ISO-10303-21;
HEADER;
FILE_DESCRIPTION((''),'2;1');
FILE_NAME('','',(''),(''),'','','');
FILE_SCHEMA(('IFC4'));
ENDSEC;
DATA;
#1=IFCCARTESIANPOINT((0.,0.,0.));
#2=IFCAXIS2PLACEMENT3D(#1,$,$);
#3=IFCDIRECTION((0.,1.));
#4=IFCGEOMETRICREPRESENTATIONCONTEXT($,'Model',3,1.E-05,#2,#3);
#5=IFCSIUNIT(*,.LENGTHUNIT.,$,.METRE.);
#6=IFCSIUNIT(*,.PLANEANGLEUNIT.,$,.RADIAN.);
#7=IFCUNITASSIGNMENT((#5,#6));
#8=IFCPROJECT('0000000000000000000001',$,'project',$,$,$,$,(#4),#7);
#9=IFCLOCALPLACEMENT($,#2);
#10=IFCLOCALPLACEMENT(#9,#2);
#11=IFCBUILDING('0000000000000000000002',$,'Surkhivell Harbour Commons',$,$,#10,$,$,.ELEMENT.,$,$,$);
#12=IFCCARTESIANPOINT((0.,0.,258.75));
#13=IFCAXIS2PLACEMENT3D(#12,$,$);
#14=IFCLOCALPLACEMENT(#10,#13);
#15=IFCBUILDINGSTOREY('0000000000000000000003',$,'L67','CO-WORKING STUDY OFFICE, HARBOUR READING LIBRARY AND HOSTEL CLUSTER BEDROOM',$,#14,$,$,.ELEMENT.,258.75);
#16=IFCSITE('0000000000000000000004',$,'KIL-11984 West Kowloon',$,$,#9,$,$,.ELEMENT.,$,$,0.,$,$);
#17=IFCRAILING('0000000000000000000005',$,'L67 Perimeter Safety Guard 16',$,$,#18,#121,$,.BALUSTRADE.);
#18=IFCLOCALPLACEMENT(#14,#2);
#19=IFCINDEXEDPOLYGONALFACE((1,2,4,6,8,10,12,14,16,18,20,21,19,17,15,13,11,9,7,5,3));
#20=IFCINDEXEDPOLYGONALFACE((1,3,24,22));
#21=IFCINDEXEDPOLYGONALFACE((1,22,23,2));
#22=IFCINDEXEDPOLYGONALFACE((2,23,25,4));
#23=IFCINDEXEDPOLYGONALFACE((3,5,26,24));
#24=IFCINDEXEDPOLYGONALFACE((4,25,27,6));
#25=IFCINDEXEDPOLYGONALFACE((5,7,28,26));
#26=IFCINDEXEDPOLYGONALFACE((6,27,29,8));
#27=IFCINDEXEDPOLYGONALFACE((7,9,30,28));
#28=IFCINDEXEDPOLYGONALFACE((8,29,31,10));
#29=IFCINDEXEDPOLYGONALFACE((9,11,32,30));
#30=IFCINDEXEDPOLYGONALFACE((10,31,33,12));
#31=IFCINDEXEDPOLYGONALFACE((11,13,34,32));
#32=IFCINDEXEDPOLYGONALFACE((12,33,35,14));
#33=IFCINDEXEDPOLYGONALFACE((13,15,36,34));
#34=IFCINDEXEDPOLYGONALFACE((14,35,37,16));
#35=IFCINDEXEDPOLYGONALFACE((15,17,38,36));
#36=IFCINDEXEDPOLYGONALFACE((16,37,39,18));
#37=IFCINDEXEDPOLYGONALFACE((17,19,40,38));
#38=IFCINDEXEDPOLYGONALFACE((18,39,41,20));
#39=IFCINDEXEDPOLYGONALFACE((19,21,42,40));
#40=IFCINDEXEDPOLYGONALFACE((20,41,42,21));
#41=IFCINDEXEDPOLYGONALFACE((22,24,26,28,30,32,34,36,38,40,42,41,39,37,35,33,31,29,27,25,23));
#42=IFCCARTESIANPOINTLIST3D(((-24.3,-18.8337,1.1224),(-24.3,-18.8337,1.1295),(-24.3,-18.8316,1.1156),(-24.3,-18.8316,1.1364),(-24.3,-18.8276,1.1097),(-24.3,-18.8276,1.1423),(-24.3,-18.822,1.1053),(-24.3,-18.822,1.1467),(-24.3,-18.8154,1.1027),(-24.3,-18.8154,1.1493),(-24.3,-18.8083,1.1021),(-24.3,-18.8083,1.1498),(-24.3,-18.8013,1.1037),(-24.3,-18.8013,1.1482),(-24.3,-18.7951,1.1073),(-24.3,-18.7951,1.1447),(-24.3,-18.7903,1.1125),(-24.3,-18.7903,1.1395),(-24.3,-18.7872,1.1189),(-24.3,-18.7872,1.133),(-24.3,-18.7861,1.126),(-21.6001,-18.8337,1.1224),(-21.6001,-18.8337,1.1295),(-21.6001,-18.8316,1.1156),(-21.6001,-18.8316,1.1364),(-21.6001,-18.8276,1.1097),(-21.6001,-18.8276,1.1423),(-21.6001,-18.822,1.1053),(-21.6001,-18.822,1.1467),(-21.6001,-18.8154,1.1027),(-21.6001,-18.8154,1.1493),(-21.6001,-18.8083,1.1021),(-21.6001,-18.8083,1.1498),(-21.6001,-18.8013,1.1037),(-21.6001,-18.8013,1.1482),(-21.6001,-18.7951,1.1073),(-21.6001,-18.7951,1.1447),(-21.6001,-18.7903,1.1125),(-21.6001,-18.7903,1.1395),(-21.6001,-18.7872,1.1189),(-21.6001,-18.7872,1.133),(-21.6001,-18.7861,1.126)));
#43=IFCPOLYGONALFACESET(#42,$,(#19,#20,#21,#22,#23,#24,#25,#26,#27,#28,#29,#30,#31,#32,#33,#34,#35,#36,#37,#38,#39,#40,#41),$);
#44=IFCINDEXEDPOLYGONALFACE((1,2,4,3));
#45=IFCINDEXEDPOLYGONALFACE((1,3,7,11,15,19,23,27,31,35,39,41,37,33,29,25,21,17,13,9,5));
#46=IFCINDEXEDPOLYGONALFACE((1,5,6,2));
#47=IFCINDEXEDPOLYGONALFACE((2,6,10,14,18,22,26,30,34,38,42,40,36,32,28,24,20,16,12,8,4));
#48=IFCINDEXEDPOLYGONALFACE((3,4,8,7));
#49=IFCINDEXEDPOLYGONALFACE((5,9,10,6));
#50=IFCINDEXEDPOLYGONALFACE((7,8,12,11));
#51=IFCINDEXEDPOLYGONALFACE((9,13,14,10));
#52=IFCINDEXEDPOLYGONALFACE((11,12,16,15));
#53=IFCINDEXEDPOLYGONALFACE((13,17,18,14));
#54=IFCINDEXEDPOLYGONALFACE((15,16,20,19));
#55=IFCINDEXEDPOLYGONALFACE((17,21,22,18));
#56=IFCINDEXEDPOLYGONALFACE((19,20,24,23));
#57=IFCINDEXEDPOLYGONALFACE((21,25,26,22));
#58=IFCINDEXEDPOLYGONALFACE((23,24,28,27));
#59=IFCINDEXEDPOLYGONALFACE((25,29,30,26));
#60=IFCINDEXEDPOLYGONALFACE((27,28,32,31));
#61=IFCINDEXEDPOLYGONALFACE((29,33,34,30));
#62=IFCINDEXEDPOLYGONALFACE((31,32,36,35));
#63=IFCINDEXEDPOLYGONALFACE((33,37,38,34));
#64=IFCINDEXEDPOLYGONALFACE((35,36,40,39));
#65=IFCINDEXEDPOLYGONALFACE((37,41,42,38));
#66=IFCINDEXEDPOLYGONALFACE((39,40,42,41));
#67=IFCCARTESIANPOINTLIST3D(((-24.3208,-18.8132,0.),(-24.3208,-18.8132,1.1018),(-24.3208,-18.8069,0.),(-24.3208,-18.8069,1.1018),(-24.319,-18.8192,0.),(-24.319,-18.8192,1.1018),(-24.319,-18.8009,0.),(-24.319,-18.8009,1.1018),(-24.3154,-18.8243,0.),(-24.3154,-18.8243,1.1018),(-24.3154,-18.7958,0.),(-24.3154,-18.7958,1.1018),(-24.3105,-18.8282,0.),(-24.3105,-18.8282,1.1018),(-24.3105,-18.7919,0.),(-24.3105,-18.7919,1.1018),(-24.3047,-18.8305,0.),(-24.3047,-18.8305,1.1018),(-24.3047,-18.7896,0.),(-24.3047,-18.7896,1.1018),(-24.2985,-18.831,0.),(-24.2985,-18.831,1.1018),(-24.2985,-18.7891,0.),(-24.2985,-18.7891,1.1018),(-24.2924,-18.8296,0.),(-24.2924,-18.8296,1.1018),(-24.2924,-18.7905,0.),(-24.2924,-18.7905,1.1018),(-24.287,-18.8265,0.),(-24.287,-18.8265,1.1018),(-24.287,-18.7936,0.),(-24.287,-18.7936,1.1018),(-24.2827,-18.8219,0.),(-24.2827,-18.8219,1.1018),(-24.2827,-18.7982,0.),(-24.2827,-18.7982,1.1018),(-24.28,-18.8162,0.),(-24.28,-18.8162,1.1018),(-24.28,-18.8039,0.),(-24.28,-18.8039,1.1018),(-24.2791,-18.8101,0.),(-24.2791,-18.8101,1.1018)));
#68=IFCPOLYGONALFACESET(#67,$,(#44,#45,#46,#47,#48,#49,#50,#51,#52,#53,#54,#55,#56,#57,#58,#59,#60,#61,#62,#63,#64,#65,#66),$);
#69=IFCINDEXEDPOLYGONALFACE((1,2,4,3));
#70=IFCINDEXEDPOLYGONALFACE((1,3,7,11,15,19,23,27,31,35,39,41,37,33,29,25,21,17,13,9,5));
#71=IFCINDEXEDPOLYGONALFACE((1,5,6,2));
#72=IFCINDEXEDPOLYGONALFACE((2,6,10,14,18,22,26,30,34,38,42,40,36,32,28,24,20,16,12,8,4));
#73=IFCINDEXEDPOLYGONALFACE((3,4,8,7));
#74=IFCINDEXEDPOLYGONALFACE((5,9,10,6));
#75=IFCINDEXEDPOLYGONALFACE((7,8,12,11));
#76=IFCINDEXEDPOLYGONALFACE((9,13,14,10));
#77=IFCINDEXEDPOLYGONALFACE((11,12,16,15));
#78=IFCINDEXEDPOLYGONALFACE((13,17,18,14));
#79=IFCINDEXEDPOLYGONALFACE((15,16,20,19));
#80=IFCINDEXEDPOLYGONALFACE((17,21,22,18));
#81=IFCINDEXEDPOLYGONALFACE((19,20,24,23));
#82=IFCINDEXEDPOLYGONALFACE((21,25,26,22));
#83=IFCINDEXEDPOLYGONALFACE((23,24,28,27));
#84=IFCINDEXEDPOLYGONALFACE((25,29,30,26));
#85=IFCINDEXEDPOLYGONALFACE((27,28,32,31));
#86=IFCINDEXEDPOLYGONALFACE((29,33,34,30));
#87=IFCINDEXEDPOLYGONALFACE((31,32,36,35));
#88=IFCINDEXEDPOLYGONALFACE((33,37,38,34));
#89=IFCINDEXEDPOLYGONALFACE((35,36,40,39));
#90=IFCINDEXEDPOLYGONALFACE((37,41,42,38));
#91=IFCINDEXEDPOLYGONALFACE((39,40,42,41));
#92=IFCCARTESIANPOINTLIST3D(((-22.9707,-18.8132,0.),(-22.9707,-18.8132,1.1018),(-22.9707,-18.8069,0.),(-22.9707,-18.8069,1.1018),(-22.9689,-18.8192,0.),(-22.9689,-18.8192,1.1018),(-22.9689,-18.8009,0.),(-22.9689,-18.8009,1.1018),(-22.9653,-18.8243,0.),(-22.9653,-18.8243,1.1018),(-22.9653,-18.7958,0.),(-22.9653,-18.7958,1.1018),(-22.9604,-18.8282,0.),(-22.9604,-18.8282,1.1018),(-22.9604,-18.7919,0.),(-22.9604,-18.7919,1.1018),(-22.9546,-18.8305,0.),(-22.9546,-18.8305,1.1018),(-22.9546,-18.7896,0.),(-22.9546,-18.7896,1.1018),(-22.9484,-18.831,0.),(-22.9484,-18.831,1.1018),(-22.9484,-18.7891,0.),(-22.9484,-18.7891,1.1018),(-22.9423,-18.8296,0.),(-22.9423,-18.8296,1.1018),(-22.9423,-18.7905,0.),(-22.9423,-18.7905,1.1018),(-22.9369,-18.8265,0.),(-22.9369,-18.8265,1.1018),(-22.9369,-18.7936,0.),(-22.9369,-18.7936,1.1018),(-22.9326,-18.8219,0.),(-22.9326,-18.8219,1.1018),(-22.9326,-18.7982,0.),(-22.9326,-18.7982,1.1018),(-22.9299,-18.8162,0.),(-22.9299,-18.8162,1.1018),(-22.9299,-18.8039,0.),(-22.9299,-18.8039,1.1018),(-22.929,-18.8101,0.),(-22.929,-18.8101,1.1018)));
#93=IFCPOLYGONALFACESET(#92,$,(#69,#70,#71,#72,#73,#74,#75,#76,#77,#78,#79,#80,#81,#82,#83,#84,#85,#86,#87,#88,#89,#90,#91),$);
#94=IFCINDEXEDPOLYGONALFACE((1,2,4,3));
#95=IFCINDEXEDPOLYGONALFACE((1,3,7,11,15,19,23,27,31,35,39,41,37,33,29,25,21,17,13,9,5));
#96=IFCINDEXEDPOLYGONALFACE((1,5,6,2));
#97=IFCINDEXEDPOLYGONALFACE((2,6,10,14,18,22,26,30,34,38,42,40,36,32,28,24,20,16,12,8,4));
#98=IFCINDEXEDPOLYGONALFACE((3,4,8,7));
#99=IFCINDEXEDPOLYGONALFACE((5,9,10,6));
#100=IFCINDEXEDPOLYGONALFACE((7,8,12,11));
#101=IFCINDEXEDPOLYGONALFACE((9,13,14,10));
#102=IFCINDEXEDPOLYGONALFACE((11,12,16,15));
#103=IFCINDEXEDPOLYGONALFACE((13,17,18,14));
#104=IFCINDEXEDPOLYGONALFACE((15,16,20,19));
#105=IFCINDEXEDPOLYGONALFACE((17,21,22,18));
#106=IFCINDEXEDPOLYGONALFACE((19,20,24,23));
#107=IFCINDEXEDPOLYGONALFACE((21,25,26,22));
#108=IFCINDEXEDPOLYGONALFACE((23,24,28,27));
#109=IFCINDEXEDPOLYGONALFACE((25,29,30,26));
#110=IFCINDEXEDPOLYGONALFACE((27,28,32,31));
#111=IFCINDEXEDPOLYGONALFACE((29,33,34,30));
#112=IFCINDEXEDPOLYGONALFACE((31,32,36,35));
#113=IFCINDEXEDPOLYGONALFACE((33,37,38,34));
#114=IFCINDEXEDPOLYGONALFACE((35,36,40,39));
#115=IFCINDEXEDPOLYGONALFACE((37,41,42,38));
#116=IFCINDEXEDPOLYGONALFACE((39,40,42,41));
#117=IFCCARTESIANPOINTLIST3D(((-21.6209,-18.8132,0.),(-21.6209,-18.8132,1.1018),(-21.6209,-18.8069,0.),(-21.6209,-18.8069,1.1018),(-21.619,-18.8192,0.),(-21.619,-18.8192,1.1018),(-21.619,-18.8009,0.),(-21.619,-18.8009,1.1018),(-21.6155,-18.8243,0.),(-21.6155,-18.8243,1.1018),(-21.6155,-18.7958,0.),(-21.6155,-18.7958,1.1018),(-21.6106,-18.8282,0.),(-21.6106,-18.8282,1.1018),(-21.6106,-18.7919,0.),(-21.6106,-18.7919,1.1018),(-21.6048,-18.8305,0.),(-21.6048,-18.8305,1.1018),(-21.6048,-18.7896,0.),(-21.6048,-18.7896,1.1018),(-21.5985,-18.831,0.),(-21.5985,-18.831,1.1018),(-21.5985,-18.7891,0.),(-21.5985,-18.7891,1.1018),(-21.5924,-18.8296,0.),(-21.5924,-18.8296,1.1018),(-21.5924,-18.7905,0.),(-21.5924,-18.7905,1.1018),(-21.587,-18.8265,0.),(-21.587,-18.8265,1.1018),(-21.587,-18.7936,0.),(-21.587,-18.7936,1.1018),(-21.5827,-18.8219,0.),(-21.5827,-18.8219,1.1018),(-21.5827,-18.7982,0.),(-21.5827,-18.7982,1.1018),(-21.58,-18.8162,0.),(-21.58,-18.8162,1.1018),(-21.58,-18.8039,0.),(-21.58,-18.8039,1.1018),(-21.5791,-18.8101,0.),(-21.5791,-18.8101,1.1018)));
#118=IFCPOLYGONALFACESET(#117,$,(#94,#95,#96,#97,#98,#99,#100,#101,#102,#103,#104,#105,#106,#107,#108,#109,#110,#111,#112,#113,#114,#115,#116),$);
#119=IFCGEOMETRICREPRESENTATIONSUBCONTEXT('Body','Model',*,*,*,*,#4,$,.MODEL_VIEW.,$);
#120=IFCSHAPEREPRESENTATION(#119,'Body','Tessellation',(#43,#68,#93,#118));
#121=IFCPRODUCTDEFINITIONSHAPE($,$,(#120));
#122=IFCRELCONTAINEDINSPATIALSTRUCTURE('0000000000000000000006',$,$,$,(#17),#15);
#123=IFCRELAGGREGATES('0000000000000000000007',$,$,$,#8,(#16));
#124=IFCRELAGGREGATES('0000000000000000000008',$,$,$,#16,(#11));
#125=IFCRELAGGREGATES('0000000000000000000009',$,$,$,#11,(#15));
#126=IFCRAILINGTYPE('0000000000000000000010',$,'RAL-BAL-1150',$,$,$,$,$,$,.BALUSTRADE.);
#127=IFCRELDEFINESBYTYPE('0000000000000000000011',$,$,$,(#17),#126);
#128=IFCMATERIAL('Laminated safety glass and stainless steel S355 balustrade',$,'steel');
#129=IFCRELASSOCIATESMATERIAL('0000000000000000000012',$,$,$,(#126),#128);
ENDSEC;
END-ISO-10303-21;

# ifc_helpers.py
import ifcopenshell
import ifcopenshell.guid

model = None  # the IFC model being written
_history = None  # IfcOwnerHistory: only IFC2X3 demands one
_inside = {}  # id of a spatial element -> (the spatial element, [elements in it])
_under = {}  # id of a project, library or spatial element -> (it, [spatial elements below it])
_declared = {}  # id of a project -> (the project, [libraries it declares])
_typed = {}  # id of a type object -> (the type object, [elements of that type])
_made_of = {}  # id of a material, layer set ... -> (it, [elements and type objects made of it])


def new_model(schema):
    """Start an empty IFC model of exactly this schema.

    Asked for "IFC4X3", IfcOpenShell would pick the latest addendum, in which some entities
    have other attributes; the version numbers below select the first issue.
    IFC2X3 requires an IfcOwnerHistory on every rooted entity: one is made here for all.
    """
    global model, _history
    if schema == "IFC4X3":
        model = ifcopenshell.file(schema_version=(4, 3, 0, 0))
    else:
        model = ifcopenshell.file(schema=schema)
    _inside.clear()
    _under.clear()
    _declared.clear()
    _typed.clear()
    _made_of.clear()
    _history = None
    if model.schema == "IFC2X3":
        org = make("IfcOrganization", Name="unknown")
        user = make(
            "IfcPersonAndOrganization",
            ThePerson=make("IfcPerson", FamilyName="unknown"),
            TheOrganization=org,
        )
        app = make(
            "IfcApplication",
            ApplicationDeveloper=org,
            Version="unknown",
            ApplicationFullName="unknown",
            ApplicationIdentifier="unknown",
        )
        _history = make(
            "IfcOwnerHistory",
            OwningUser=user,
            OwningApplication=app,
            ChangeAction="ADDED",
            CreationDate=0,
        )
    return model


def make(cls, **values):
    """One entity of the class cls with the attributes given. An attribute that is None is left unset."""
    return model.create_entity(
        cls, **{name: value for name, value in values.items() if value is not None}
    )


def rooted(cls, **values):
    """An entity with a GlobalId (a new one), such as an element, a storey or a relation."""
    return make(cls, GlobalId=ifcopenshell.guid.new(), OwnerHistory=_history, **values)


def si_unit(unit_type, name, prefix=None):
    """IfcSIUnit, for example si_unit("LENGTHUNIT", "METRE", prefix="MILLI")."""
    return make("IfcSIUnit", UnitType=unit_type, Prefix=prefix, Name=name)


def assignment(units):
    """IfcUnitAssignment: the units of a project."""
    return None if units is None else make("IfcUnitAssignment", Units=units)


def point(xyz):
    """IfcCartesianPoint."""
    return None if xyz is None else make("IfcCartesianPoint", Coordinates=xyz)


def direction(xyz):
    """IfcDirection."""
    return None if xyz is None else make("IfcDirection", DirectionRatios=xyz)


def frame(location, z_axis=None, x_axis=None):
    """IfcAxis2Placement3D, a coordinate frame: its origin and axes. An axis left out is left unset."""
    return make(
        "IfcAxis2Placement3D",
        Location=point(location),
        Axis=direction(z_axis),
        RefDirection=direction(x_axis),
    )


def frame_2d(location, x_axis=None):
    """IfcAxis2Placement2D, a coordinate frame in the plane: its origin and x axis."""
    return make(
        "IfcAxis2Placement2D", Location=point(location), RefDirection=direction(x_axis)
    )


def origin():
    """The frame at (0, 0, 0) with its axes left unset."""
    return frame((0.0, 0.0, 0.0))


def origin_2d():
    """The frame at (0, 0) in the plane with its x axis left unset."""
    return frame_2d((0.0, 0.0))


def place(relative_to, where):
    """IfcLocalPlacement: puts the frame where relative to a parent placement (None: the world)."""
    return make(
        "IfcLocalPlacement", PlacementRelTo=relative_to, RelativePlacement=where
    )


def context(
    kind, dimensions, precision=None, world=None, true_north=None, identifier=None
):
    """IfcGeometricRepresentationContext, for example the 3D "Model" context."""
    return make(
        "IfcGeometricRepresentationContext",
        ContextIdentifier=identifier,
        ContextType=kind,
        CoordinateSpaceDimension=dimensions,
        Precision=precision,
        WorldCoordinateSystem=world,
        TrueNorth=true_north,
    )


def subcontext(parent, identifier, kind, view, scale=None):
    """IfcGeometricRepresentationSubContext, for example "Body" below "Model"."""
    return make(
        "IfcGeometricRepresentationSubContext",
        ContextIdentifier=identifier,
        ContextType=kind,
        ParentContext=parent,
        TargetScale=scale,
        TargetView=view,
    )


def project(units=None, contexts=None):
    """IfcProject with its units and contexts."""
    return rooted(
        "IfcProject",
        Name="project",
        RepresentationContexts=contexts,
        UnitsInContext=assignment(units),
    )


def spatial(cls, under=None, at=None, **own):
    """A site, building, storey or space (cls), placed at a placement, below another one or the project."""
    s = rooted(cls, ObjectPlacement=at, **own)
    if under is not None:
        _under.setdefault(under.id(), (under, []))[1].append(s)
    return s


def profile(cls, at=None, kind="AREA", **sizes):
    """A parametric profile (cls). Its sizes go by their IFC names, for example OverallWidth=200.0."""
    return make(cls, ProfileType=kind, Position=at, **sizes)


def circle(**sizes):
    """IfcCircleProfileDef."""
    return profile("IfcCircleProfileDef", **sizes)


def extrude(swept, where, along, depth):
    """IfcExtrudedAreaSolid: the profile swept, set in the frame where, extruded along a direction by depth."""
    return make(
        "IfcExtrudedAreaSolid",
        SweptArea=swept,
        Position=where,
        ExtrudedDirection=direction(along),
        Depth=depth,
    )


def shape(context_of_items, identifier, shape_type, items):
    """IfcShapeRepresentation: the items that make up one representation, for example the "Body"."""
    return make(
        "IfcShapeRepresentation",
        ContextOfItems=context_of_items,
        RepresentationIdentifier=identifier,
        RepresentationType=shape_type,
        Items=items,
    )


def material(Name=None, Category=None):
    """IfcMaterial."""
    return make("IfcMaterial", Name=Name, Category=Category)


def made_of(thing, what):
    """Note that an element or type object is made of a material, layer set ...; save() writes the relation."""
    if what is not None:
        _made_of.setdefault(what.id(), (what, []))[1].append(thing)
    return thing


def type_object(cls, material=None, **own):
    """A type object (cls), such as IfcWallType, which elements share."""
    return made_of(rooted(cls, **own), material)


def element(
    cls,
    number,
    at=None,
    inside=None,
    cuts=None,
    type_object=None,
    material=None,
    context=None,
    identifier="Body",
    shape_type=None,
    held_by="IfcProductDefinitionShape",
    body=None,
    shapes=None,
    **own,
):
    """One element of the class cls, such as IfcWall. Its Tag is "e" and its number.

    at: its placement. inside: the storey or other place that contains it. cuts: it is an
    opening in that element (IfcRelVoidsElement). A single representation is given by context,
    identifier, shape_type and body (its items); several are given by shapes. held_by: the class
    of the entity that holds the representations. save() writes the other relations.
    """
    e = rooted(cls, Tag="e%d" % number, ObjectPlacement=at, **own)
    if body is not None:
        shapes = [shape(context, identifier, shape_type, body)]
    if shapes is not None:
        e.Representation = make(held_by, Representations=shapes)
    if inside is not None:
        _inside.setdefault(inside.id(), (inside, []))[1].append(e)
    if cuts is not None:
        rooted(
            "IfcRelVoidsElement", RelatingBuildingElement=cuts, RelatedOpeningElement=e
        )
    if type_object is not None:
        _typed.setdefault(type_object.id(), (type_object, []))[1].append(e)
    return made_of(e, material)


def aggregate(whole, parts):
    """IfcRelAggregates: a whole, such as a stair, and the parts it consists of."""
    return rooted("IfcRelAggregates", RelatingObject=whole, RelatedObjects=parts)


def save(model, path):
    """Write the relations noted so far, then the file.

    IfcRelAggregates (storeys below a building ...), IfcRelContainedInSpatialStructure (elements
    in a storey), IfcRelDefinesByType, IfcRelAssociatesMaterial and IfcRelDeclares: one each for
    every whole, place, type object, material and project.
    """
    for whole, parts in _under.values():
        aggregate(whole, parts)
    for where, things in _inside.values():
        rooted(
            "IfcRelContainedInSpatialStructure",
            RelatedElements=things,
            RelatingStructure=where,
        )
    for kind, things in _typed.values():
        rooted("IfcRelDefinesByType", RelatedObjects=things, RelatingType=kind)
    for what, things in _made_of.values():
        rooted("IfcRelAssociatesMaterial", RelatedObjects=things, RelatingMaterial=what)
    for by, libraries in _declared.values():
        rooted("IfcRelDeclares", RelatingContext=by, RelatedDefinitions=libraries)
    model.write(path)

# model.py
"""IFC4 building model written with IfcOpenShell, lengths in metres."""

from ifc_helpers import new_model, si_unit, direction, frame, origin, origin_2d, place, context, subcontext, project, spatial, circle, extrude, material, type_object, element, save


model = new_model("IFC4")

# Units and contexts
model_context = context("Model", 3, precision=1e-05, world=origin(), true_north=direction((0.0, 1.0)))
body_context = subcontext(model_context, "Body", "Model", "MODEL_VIEW")
ifc_project = project(units=[si_unit("LENGTHUNIT", "METRE"), si_unit("PLANEANGLEUNIT", "RADIAN")], contexts=[model_context])

# Site, building, storey
site_placement = place(None, origin())
site = spatial("IfcSite", under=ifc_project, at=site_placement, Name="KIL-11984 West Kowloon", CompositionType="ELEMENT", RefElevation=0.0)
building_placement = place(site_placement, origin())
building = spatial("IfcBuilding", under=site, at=building_placement, Name="Surkhivell Harbour Commons", CompositionType="ELEMENT")
storey_placement = place(building_placement, frame((0.0, 0.0, 258.75)))
storey = spatial("IfcBuildingStorey", under=building, at=storey_placement, Name="L67", Description="CO-WORKING STUDY OFFICE, HARBOUR READING LIBRARY AND HOSTEL CLUSTER BEDROOM", CompositionType="ELEMENT", Elevation=258.75)

# Railing
ifc_material_1 = material(Name="Laminated safety glass and stainless steel S355 balustrade", Category="steel")
railing_type = type_object("IfcRailingType", Name="RAL-BAL-1150", PredefinedType="BALUSTRADE", material=ifc_material_1)
railing_1_placement = place(storey_placement, frame((-24.3, -18.8101, 0.0)))
element("IfcRailing", 1, at=railing_1_placement, inside=storey, type_object=railing_type, Name="L67 Perimeter Safety Guard 16", PredefinedType="BALUSTRADE", context=body_context, shape_type="SweptSolid", body=[
    extrude(circle(Radius=0.0239, at=origin_2d()), frame((0.0, 0.0, 1.126), z_axis=(1.0, 0.0, 0.0), x_axis=(0.0, 1.0, 0.0)), (0.0, 0.0, 1.0), 2.7),
    extrude(circle(Radius=0.021, at=origin_2d()), origin(), (0.0, 0.0, 1.0), 1.1018),
    extrude(circle(Radius=0.021, at=origin_2d()), frame((1.3501, 0.0, 0.0)), (0.0, 0.0, 1.0), 1.1018),
    extrude(circle(Radius=0.021, at=origin_2d()), frame((2.7, 0.0, 0.0)), (0.0, 0.0, 1.0), 1.1018),
])

save(model, "model.ifc")
